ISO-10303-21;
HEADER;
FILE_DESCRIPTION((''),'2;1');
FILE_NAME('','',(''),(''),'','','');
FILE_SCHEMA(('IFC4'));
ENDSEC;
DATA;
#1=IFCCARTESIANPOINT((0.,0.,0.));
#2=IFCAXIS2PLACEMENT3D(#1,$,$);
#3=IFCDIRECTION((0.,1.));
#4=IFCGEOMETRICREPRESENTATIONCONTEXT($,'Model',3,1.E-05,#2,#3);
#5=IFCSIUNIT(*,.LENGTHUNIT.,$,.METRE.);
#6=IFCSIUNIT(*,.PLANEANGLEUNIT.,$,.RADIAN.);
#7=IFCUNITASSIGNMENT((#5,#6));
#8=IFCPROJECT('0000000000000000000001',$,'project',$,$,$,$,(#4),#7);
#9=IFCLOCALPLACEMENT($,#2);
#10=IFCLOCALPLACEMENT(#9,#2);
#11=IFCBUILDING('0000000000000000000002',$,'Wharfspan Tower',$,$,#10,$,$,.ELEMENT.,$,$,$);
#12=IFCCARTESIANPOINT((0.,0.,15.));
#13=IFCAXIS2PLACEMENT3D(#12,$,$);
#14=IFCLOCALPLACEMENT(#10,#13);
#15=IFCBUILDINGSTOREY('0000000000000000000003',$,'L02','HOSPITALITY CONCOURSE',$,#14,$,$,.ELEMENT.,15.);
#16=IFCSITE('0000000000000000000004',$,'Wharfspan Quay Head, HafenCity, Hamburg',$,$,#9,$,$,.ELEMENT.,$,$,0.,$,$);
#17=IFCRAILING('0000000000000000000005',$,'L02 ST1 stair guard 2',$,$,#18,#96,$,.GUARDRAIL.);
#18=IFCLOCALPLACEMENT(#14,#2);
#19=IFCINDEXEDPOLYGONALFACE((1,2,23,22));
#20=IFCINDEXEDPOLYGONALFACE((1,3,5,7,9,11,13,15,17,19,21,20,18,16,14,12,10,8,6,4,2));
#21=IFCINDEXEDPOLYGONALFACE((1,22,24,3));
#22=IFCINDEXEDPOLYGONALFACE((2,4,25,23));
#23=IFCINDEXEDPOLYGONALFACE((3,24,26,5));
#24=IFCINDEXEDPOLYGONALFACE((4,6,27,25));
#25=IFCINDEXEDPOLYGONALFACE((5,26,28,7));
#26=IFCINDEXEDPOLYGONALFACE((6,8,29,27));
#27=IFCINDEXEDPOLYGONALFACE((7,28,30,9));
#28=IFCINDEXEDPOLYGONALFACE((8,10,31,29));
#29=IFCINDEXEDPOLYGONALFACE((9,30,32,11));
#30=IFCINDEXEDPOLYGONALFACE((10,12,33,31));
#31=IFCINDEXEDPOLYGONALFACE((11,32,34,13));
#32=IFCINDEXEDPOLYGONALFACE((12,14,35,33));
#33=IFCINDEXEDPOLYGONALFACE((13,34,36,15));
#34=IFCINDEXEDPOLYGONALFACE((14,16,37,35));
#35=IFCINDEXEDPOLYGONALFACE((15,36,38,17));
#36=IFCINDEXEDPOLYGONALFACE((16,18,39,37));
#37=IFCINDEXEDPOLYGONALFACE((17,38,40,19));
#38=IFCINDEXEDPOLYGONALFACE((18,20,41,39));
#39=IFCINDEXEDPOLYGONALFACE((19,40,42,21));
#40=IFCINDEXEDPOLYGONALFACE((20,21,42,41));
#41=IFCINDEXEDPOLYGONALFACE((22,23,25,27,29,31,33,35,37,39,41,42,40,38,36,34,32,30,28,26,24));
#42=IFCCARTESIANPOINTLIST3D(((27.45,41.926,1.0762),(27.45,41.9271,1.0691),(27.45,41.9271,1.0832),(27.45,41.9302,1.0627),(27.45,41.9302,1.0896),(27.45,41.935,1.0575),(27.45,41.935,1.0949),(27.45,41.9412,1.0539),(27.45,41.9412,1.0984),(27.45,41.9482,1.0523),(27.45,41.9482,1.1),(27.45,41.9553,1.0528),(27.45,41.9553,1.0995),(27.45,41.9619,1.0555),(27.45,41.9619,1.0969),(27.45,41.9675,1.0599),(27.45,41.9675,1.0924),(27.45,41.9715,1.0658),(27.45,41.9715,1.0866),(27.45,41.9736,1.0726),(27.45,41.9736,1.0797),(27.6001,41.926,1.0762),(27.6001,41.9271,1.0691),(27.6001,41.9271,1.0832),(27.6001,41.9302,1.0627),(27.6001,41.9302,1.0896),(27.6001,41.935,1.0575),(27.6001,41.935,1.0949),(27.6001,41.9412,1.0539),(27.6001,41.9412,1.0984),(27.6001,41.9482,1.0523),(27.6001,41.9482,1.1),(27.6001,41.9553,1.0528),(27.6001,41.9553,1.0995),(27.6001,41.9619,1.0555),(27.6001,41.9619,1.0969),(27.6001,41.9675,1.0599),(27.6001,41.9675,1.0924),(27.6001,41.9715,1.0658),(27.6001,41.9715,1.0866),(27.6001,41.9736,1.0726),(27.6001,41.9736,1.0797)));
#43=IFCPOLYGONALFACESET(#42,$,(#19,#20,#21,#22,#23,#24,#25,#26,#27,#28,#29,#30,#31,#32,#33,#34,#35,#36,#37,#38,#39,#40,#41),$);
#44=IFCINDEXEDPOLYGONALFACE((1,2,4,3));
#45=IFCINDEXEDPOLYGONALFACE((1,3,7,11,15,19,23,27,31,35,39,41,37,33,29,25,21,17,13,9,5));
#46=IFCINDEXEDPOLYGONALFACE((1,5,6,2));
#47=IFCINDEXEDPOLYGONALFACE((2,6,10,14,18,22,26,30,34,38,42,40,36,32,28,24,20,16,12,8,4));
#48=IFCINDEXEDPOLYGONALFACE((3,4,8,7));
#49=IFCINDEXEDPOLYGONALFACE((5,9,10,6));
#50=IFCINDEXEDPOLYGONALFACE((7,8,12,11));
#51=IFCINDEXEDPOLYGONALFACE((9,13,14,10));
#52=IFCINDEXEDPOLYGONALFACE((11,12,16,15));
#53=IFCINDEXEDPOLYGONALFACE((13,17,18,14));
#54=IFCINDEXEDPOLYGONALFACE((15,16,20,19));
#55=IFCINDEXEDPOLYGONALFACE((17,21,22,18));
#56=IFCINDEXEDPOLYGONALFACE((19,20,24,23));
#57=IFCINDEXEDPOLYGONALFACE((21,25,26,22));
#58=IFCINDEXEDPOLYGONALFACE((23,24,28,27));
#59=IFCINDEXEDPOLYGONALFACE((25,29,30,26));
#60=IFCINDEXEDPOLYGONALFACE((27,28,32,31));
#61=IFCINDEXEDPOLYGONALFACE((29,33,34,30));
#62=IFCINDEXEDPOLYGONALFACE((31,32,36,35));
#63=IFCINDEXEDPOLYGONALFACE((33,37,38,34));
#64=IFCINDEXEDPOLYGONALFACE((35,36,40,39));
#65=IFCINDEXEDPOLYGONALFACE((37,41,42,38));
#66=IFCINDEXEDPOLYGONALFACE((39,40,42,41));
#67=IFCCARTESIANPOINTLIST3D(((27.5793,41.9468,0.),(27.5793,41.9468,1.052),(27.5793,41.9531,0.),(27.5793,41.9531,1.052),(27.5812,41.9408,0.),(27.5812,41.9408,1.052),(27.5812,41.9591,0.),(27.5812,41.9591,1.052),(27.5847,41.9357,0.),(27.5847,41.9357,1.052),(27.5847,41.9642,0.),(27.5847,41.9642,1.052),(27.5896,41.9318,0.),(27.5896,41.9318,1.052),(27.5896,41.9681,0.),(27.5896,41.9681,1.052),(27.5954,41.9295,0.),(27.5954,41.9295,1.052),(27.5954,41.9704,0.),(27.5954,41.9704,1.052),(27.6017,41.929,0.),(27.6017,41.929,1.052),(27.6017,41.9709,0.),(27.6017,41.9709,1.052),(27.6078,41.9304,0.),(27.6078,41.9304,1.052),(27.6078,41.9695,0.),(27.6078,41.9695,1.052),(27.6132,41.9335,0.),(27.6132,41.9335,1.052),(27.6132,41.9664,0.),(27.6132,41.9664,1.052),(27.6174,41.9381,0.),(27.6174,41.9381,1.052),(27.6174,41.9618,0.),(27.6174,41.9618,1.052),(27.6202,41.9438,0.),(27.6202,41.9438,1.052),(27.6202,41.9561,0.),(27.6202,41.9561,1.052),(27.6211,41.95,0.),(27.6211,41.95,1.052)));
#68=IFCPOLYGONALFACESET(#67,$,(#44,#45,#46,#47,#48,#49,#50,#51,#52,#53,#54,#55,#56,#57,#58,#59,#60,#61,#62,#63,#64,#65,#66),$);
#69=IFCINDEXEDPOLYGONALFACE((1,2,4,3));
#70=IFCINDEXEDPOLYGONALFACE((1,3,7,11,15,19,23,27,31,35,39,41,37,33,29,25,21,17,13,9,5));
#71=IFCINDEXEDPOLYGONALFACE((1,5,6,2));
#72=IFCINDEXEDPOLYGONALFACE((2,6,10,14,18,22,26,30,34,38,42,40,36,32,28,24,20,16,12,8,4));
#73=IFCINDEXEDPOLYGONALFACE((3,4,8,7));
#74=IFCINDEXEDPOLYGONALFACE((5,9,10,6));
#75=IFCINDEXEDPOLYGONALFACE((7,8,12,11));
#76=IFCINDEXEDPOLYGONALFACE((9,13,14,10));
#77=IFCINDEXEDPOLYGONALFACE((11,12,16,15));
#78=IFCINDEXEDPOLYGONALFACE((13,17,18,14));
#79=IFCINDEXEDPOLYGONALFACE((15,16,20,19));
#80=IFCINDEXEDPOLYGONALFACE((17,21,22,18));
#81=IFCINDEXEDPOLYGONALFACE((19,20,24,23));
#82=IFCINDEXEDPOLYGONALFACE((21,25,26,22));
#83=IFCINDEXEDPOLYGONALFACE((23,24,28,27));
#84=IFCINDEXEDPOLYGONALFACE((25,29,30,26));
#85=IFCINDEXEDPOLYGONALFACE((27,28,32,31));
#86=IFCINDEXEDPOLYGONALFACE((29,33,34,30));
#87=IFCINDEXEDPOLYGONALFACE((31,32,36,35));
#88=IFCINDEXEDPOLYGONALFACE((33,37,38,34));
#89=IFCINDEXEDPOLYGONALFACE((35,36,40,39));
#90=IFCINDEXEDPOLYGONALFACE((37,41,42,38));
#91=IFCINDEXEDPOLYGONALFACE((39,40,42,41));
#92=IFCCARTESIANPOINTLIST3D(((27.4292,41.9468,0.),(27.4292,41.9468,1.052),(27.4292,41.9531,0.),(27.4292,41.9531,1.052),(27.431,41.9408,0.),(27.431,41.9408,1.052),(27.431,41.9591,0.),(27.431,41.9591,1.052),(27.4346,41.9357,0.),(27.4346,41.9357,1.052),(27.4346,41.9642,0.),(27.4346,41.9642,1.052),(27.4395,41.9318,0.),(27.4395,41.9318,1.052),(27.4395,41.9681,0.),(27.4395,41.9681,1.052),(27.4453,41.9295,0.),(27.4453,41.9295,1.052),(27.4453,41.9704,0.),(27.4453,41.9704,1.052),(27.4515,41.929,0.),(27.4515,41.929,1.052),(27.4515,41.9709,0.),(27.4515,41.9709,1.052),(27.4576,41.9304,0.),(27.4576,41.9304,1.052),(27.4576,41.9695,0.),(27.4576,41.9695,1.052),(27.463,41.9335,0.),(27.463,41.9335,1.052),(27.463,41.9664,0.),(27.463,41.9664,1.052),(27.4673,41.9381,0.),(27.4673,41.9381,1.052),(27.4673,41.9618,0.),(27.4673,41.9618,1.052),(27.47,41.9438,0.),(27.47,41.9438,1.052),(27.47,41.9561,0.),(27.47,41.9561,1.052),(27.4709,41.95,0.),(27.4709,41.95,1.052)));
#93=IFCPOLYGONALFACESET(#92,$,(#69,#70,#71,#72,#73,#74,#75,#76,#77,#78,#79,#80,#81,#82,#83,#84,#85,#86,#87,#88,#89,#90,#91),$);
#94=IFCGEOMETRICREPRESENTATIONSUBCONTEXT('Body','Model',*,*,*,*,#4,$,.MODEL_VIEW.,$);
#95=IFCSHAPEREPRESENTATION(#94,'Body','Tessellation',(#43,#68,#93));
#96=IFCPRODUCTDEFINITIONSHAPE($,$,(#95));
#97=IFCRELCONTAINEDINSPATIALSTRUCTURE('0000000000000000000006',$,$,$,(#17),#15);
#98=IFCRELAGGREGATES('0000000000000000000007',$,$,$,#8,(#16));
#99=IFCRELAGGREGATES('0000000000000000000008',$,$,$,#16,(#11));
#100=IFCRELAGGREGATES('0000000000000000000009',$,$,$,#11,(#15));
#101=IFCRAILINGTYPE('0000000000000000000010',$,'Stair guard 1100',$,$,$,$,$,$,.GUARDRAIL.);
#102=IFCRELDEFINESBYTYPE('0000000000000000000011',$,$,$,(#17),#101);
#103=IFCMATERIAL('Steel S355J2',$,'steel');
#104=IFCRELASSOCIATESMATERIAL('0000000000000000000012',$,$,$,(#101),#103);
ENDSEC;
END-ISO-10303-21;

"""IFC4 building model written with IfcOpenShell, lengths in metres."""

from ifc_helpers import new_model, si_unit, direction, frame, origin, origin_2d, place, context, subcontext, project, spatial, circle, extrude, material, type_object, element, save


model = new_model("IFC4")

# Units and contexts
model_context = context("Model", 3, precision=1e-05, world=origin(), true_north=direction((0.0, 1.0)))
body_context = subcontext(model_context, "Body", "Model", "MODEL_VIEW")
ifc_project = project(units=[si_unit("LENGTHUNIT", "METRE"), si_unit("PLANEANGLEUNIT", "RADIAN")], contexts=[model_context])

# Site, building, storey
site_placement = place(None, origin())
site = spatial("IfcSite", under=ifc_project, at=site_placement, Name="Wharfspan Quay Head, HafenCity, Hamburg", CompositionType="ELEMENT", RefElevation=0.0)
building_placement = place(site_placement, origin())
building = spatial("IfcBuilding", under=site, at=building_placement, Name="Wharfspan Tower", CompositionType="ELEMENT")
storey_placement = place(building_placement, frame((0.0, 0.0, 15.0)))
storey = spatial("IfcBuildingStorey", under=building, at=storey_placement, Name="L02", Description="HOSPITALITY CONCOURSE", CompositionType="ELEMENT", Elevation=15.0)

# Railing
ifc_material_1 = material(Name="Steel S355J2", Category="steel")
railing_type_1 = type_object("IfcRailingType", Name="Stair guard 1100", PredefinedType="GUARDRAIL", material=ifc_material_1)
railing_1_placement = place(storey_placement, frame((27.6001, 41.95, 0.0)))
element("IfcRailing", 1, at=railing_1_placement, inside=storey, type_object=railing_type_1, Name="L02 ST1 stair guard 2", PredefinedType="GUARDRAIL", context=body_context, shape_type="SweptSolid", body=[
    extrude(circle(Radius=0.0239, at=origin_2d()), frame((0.0, 0.0, 1.0762), z_axis=(-1.0, 0.0, 0.0), x_axis=(0.0, -1.0, 0.0)), (0.0, 0.0, 1.0), 0.1501),
    extrude(circle(Radius=0.021, at=origin_2d()), origin(), (0.0, 0.0, 1.0), 1.052),
    extrude(circle(Radius=0.021, at=origin_2d()), frame((-0.1501, 0.0, 0.0)), (0.0, 0.0, 1.0), 1.052),
])

save(model, "model.ifc")
